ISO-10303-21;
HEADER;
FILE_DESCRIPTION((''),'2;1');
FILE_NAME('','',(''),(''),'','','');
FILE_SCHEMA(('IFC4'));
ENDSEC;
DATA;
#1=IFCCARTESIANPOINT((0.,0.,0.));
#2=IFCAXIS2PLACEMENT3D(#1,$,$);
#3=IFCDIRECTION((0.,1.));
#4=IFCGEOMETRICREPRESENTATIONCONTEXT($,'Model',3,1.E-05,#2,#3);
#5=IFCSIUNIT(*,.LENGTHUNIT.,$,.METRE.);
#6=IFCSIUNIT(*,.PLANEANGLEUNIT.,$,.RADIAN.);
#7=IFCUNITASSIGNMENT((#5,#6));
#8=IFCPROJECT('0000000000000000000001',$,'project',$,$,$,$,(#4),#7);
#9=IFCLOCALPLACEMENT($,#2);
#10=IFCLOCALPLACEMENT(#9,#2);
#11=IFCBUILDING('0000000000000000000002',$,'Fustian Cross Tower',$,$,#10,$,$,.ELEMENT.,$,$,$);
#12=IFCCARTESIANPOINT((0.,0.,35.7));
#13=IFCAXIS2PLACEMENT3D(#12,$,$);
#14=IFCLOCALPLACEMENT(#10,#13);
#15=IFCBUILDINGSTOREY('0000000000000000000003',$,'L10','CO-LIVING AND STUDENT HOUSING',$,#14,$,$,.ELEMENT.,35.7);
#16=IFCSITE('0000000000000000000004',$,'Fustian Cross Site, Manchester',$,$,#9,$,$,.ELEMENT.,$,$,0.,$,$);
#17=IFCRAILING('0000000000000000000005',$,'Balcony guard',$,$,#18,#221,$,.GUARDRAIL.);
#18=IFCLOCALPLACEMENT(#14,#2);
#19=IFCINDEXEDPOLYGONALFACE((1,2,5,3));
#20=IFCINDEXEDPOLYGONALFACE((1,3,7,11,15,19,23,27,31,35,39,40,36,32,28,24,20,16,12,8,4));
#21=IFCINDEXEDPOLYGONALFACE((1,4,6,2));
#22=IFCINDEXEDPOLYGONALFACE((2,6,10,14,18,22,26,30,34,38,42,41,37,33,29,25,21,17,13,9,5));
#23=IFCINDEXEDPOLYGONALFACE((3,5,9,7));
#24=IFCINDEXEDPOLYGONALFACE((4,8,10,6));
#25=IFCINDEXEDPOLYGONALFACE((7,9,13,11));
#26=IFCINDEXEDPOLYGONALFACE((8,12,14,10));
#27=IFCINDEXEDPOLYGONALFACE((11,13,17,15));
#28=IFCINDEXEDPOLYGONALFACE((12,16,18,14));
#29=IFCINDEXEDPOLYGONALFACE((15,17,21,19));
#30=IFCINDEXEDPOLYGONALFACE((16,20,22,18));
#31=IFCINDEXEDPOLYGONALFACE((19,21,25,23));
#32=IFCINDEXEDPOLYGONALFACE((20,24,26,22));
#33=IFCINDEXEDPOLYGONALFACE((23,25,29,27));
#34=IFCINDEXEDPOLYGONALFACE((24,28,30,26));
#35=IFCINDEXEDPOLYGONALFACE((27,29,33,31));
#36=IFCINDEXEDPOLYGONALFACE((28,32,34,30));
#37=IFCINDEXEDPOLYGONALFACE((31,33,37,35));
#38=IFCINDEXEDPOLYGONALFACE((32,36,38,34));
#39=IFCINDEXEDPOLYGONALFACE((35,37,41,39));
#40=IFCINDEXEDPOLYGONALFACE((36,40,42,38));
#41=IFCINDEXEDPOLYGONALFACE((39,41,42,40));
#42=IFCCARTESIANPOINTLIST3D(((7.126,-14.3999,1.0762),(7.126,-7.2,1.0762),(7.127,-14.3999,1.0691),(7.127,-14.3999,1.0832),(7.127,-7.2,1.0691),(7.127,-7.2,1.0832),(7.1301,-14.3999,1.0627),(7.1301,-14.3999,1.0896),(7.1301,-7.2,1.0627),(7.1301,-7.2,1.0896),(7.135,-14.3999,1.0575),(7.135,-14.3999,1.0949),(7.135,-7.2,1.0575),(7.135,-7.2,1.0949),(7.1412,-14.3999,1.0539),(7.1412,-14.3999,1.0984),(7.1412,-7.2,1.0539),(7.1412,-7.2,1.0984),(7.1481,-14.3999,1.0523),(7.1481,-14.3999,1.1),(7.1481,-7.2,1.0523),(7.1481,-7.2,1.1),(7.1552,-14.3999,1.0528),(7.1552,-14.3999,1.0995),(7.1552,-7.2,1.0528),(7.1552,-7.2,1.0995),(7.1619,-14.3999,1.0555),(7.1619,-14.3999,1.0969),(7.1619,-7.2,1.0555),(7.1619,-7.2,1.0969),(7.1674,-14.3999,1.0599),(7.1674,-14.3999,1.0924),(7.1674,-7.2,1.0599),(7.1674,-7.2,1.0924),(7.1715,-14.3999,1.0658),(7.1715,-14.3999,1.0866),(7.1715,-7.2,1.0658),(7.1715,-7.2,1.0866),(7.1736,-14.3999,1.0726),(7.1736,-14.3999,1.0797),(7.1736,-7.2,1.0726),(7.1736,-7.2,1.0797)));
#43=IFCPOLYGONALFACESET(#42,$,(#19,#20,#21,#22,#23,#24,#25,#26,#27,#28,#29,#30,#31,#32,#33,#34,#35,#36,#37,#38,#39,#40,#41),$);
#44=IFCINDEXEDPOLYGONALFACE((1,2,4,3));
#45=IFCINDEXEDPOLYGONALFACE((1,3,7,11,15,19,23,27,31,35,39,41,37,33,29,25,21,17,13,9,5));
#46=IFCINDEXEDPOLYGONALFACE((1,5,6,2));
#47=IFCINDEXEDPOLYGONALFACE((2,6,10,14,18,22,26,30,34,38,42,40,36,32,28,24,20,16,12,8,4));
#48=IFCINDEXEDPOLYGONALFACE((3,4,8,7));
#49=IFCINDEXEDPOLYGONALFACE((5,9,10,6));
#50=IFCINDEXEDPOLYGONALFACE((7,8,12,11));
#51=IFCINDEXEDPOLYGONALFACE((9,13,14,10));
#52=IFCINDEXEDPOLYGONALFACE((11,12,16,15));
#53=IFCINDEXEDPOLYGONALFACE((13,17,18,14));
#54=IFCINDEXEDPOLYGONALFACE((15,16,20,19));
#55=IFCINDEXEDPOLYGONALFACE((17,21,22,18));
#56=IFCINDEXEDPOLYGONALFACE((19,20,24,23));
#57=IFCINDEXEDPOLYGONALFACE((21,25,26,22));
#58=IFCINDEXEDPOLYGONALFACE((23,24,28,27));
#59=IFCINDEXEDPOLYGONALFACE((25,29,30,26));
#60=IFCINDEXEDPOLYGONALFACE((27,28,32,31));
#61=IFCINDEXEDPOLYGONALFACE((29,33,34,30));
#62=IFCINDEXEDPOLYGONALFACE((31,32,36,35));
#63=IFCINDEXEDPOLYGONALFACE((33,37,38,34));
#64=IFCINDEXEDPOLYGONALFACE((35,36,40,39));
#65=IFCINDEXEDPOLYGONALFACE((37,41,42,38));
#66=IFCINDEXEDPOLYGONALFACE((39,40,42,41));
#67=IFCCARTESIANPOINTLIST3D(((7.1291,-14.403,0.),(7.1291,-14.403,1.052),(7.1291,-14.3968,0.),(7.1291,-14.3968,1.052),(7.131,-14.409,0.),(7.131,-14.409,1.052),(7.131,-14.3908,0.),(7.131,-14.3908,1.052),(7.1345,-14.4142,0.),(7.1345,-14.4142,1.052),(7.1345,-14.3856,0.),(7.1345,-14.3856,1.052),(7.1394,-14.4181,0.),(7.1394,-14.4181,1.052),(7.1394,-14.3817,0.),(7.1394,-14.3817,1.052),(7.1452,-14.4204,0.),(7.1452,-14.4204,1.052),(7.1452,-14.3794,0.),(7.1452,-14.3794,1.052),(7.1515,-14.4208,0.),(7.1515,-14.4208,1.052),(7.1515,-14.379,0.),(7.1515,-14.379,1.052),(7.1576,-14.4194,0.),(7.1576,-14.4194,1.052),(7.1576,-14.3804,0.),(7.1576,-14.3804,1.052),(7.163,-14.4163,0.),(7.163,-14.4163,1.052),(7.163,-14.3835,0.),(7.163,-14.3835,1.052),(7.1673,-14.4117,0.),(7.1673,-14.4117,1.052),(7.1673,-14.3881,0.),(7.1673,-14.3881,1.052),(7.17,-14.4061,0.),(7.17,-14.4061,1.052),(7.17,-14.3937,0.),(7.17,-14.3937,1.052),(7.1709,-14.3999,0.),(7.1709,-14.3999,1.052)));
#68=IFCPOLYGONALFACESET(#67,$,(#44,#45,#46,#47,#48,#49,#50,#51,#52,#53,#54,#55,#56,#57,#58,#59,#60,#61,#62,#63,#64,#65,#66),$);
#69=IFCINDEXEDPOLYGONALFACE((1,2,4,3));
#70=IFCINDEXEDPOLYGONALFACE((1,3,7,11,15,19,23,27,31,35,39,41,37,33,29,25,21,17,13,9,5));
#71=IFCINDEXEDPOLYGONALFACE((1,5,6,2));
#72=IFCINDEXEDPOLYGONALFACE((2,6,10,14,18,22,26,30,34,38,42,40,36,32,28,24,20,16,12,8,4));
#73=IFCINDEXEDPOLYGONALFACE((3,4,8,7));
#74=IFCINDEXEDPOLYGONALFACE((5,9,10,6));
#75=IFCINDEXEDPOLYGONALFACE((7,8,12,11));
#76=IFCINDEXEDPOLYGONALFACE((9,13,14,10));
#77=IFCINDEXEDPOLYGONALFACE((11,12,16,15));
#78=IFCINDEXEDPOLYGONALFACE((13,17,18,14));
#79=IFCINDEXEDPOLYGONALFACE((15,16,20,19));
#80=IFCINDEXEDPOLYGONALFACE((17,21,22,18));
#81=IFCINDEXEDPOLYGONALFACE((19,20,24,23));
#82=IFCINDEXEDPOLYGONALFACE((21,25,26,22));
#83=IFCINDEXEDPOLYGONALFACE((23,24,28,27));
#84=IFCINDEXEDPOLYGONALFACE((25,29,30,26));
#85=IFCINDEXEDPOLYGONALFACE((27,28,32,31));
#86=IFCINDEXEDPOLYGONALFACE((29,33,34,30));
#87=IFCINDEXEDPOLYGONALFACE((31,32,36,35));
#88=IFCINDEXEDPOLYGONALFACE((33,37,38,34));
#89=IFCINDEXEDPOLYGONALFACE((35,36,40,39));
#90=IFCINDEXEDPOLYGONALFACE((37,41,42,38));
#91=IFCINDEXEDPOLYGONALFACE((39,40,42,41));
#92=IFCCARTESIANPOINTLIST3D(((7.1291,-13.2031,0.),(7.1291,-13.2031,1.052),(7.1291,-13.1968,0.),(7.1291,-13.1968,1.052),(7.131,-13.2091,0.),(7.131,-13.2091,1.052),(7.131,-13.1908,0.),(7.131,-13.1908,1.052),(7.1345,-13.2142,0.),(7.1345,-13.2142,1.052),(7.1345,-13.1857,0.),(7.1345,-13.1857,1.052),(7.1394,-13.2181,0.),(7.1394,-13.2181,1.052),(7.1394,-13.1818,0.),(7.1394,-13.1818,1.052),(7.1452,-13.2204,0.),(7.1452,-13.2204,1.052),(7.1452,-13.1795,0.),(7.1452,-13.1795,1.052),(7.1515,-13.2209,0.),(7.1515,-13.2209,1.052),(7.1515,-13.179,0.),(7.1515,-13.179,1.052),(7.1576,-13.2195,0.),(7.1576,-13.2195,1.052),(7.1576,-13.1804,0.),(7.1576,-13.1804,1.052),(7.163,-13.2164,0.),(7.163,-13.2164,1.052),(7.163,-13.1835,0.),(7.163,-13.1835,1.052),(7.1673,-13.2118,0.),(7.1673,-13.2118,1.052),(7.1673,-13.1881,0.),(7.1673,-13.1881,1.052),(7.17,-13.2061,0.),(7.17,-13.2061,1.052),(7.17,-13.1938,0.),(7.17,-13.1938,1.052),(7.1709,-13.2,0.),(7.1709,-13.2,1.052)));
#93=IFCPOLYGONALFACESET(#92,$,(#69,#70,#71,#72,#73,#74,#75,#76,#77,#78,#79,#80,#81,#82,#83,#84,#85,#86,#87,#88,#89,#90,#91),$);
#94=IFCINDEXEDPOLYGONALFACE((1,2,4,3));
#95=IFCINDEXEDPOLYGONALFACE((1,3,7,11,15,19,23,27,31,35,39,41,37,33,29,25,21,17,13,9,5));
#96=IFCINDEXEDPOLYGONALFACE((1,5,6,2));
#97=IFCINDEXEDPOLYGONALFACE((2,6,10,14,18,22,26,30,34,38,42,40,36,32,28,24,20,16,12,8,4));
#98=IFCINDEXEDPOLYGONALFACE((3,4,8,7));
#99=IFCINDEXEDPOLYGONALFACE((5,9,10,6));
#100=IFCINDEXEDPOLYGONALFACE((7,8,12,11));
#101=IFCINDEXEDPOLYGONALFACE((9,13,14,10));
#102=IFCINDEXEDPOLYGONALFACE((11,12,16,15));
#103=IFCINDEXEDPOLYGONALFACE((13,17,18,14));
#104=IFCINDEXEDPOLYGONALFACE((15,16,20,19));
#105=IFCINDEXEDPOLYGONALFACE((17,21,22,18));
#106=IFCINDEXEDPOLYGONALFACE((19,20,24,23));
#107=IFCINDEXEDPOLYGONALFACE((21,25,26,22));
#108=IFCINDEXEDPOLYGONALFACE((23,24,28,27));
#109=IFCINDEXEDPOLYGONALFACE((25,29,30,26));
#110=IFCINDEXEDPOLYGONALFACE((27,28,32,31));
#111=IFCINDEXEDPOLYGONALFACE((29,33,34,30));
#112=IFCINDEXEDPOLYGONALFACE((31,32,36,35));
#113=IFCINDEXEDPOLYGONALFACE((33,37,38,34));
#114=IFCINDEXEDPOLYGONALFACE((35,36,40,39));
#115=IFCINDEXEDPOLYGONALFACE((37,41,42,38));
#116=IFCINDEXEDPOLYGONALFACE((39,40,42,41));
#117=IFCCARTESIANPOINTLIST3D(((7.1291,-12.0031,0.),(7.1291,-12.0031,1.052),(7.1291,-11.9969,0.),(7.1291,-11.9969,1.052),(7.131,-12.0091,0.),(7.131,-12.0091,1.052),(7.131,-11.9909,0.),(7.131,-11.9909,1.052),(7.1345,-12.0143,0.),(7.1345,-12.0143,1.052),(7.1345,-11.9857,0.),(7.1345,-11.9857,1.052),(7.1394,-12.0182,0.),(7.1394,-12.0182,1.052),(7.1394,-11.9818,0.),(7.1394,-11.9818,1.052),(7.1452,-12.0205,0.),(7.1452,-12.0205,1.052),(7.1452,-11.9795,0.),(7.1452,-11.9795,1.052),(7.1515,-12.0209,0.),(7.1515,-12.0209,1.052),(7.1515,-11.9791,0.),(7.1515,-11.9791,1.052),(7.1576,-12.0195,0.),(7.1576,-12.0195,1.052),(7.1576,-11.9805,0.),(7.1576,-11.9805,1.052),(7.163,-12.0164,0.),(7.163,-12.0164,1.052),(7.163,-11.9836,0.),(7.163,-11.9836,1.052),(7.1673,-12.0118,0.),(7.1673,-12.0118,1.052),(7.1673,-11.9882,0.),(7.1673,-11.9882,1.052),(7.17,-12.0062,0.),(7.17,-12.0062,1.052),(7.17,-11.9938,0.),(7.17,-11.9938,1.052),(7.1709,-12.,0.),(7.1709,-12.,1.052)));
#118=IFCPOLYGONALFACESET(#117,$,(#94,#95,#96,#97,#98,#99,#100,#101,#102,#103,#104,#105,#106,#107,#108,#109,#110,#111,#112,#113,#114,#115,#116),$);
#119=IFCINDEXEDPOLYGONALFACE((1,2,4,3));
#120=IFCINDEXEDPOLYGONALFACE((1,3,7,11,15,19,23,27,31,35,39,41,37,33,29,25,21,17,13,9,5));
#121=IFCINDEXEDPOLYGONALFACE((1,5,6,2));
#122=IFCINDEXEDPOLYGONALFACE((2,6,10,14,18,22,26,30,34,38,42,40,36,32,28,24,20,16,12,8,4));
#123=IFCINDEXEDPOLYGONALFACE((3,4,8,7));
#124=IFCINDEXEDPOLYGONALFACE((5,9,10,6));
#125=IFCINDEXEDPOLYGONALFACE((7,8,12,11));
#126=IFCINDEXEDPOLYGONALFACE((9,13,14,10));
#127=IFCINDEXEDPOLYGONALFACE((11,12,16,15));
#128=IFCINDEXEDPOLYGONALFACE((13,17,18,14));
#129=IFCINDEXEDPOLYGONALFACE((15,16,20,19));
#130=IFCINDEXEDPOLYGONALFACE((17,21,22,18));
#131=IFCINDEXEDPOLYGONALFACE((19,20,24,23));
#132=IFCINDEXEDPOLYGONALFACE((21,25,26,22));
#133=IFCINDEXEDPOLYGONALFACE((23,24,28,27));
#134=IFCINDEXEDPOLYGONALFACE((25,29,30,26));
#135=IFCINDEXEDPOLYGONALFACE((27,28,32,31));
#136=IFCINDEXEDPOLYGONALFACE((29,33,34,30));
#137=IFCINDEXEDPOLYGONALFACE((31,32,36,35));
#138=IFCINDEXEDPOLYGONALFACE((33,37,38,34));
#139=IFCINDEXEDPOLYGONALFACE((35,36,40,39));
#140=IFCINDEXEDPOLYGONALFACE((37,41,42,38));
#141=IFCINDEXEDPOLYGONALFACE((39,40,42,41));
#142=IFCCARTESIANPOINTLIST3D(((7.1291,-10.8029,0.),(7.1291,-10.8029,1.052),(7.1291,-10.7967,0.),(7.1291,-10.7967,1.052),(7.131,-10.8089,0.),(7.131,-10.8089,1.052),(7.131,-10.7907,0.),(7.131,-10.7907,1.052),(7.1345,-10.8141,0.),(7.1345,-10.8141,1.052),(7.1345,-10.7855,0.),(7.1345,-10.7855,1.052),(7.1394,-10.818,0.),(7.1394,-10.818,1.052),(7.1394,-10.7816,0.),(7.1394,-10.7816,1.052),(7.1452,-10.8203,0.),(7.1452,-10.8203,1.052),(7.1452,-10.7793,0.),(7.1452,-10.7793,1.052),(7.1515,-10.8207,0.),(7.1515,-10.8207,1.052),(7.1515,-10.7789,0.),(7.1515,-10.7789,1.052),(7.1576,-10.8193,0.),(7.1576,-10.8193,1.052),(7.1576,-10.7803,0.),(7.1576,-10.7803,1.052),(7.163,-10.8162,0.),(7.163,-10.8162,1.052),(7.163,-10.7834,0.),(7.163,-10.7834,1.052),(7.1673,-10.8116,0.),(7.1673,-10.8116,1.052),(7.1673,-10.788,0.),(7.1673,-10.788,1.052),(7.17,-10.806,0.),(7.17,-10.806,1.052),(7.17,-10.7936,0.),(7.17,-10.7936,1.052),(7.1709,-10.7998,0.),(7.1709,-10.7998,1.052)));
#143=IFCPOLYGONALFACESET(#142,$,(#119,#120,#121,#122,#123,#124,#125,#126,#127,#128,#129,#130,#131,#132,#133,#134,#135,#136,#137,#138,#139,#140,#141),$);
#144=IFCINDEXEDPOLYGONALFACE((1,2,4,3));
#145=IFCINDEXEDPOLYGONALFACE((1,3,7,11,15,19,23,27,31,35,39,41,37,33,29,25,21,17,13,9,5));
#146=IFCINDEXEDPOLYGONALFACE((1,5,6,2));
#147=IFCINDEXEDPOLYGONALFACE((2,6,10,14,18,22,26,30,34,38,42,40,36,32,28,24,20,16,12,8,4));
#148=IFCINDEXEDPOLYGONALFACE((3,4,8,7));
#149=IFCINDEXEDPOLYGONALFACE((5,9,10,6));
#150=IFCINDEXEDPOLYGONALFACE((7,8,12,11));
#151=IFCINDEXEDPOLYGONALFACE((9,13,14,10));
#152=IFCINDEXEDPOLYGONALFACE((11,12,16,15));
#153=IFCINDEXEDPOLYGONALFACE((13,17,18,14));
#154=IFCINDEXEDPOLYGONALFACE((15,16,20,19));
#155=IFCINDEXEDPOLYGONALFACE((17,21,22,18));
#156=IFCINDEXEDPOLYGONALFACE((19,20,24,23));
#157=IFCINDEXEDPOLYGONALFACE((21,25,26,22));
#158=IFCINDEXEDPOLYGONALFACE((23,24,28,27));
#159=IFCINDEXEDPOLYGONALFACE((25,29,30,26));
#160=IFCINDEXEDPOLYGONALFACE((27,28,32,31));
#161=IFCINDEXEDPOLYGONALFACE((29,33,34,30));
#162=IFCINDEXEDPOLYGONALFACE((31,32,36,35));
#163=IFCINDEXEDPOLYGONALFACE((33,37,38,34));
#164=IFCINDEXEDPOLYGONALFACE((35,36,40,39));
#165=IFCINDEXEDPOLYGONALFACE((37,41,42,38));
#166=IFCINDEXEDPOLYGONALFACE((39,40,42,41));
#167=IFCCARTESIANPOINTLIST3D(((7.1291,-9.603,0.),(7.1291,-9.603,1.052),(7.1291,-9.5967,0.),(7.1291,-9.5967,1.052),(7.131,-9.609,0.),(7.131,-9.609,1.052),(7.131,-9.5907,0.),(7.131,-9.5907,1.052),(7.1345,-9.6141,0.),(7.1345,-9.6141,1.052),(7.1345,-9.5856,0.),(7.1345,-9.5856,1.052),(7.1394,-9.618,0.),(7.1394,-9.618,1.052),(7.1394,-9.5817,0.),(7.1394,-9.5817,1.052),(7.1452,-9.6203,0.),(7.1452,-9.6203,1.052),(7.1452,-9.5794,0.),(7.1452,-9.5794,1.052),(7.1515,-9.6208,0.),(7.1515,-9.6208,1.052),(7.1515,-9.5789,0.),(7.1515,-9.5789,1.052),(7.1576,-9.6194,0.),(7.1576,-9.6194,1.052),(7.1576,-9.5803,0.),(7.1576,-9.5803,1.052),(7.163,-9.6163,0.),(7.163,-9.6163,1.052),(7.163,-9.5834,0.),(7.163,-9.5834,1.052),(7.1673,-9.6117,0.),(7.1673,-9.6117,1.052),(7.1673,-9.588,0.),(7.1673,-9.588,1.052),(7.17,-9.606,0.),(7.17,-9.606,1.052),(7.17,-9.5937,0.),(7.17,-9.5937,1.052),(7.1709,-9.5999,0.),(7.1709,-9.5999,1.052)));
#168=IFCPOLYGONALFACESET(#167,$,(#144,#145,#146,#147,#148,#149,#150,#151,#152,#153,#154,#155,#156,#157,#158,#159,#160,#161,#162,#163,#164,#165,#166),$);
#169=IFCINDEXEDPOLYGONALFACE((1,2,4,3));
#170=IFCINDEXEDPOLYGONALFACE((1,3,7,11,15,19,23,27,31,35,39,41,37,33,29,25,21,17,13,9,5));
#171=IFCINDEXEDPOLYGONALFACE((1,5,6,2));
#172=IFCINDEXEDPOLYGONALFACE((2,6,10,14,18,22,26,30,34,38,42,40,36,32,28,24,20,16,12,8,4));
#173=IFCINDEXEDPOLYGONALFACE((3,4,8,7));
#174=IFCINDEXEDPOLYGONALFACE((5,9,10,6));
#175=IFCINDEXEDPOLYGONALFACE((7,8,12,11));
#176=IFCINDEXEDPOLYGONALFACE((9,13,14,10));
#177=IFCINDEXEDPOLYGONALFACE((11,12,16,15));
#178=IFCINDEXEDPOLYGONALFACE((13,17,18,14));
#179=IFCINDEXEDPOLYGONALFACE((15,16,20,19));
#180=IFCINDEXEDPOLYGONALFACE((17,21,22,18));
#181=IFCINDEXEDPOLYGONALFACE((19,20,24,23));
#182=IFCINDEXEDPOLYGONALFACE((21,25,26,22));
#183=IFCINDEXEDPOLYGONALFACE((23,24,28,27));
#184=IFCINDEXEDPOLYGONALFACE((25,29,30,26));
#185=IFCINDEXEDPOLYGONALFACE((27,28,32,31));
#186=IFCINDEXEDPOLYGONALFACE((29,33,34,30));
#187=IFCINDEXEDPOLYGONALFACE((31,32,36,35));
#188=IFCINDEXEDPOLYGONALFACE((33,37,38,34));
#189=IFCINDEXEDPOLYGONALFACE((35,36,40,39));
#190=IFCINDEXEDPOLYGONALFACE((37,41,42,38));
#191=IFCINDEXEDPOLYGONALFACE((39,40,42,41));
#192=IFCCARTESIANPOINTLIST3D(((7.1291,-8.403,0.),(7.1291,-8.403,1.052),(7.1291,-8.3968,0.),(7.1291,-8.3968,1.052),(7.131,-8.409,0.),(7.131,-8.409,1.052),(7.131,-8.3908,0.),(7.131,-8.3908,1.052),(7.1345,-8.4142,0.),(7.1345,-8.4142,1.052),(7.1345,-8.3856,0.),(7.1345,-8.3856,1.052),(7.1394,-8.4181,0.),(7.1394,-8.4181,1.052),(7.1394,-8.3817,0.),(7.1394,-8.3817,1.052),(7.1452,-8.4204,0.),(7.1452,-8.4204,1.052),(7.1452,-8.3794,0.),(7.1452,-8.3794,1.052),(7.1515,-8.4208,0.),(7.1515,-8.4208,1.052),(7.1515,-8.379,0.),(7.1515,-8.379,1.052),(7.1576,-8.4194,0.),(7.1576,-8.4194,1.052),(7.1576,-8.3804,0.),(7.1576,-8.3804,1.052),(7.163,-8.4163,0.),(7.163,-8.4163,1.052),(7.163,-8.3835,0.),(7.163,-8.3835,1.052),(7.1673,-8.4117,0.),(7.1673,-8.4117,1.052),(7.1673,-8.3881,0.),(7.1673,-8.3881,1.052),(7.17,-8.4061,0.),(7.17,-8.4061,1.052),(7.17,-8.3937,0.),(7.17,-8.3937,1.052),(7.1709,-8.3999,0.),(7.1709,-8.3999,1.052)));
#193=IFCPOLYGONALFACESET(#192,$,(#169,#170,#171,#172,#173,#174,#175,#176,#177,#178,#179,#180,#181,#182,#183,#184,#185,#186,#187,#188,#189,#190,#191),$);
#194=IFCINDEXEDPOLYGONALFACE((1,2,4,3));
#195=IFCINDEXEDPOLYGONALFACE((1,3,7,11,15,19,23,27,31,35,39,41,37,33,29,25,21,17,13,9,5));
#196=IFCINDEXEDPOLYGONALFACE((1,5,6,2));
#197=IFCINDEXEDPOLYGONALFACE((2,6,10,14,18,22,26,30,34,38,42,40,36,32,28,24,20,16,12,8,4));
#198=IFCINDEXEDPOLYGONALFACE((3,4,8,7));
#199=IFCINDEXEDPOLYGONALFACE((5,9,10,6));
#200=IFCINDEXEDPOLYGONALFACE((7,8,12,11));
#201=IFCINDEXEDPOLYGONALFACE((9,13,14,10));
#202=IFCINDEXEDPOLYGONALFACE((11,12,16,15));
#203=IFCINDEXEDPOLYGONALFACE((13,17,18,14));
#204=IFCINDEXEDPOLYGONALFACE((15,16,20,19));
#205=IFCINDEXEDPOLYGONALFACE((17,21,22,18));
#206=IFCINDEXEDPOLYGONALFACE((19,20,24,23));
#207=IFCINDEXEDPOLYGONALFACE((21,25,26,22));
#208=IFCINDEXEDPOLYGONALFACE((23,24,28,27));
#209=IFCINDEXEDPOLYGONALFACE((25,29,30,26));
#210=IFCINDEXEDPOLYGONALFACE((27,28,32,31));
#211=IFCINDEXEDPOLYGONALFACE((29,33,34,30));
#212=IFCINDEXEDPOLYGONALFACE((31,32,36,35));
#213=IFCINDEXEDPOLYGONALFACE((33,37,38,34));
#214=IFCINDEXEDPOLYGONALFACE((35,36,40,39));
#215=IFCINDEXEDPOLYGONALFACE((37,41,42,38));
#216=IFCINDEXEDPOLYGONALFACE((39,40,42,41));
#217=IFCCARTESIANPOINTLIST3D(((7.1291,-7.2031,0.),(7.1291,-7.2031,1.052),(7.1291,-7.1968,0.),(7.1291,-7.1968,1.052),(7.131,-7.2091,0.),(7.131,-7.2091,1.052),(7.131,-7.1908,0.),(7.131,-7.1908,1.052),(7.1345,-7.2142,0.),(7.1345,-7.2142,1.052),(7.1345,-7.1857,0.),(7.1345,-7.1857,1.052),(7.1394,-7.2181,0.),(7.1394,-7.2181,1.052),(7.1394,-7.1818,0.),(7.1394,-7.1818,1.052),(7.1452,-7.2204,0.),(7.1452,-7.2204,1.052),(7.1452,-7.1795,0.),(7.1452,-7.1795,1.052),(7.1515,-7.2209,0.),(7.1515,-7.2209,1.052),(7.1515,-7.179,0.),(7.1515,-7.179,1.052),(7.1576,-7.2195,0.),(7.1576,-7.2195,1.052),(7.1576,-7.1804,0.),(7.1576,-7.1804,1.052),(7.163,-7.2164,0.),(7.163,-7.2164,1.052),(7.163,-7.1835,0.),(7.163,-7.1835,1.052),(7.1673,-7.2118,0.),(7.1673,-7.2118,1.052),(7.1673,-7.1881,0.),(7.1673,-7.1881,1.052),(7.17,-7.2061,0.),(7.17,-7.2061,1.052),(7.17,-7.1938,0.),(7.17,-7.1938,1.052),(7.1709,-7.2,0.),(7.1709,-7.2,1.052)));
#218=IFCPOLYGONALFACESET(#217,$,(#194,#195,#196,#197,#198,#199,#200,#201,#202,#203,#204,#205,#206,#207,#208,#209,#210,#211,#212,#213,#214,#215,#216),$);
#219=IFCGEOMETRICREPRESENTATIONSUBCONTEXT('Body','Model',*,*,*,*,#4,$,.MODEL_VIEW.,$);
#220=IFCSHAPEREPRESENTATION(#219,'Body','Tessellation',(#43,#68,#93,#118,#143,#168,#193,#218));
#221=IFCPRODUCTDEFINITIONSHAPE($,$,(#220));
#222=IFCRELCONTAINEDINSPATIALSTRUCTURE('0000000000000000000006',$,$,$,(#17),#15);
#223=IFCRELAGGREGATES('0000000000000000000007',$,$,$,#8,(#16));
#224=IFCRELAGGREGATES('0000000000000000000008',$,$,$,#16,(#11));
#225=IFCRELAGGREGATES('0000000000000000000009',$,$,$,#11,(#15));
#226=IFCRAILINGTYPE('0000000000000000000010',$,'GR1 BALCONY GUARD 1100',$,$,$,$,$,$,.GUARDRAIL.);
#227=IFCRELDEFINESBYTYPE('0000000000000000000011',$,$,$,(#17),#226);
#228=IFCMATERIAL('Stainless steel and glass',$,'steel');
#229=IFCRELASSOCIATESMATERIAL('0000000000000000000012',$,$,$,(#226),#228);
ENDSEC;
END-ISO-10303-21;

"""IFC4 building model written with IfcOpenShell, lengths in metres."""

from ifc_helpers import new_model, si_unit, direction, frame, origin, origin_2d, place, context, subcontext, project, spatial, circle, extrude, material, type_object, element, save


model = new_model("IFC4")

# Units and contexts
model_context = context("Model", 3, precision=1e-05, world=origin(), true_north=direction((0.0, 1.0)))
body_context = subcontext(model_context, "Body", "Model", "MODEL_VIEW")
ifc_project = project(units=[si_unit("LENGTHUNIT", "METRE"), si_unit("PLANEANGLEUNIT", "RADIAN")], contexts=[model_context])

# Site, building, storey
site_placement = place(None, origin())
site = spatial("IfcSite", under=ifc_project, at=site_placement, Name="Fustian Cross Site, Manchester", CompositionType="ELEMENT", RefElevation=0.0)
building_placement = place(site_placement, origin())
building = spatial("IfcBuilding", under=site, at=building_placement, Name="Fustian Cross Tower", CompositionType="ELEMENT")
storey_placement = place(building_placement, frame((0.0, 0.0, 35.7)))
storey = spatial("IfcBuildingStorey", under=building, at=storey_placement, Name="L10", Description="CO-LIVING AND STUDENT HOUSING", CompositionType="ELEMENT", Elevation=35.7)

# Railing
ifc_material_1 = material(Name="Stainless steel and glass", Category="steel")
railing_type = type_object("IfcRailingType", Name="GR1 BALCONY GUARD 1100", PredefinedType="GUARDRAIL", material=ifc_material_1)
railing_placement = place(storey_placement, frame((7.1499, -14.3999, 0.0)))
element("IfcRailing", 1, at=railing_placement, inside=storey, type_object=railing_type, Name="Balcony guard", PredefinedType="GUARDRAIL", context=body_context, shape_type="SweptSolid", body=[
    extrude(circle(Radius=0.0239, at=origin_2d()), frame((0.0, 0.0, 1.0762), z_axis=(0.0, 1.0, 0.0), x_axis=(-1.0, 0.0, 0.0)), (0.0, 0.0, 1.0), 7.2),
    extrude(circle(Radius=0.021, at=origin_2d()), origin(), (0.0, 0.0, 1.0), 1.052),
    extrude(circle(Radius=0.021, at=origin_2d()), frame((0.0, 1.2, 0.0)), (0.0, 0.0, 1.0), 1.052),
    extrude(circle(Radius=0.021, at=origin_2d()), frame((0.0, 2.3999, 0.0)), (0.0, 0.0, 1.0), 1.052),
    extrude(circle(Radius=0.021, at=origin_2d()), frame((0.0, 3.6001, 0.0)), (0.0, 0.0, 1.0), 1.052),
    extrude(circle(Radius=0.021, at=origin_2d()), frame((0.0, 4.8, 0.0)), (0.0, 0.0, 1.0), 1.052),
    extrude(circle(Radius=0.021, at=origin_2d()), frame((0.0, 6.0, 0.0)), (0.0, 0.0, 1.0), 1.052),
    extrude(circle(Radius=0.021, at=origin_2d()), frame((0.0, 7.2, 0.0)), (0.0, 0.0, 1.0), 1.052),
])

save(model, "model.ifc")
